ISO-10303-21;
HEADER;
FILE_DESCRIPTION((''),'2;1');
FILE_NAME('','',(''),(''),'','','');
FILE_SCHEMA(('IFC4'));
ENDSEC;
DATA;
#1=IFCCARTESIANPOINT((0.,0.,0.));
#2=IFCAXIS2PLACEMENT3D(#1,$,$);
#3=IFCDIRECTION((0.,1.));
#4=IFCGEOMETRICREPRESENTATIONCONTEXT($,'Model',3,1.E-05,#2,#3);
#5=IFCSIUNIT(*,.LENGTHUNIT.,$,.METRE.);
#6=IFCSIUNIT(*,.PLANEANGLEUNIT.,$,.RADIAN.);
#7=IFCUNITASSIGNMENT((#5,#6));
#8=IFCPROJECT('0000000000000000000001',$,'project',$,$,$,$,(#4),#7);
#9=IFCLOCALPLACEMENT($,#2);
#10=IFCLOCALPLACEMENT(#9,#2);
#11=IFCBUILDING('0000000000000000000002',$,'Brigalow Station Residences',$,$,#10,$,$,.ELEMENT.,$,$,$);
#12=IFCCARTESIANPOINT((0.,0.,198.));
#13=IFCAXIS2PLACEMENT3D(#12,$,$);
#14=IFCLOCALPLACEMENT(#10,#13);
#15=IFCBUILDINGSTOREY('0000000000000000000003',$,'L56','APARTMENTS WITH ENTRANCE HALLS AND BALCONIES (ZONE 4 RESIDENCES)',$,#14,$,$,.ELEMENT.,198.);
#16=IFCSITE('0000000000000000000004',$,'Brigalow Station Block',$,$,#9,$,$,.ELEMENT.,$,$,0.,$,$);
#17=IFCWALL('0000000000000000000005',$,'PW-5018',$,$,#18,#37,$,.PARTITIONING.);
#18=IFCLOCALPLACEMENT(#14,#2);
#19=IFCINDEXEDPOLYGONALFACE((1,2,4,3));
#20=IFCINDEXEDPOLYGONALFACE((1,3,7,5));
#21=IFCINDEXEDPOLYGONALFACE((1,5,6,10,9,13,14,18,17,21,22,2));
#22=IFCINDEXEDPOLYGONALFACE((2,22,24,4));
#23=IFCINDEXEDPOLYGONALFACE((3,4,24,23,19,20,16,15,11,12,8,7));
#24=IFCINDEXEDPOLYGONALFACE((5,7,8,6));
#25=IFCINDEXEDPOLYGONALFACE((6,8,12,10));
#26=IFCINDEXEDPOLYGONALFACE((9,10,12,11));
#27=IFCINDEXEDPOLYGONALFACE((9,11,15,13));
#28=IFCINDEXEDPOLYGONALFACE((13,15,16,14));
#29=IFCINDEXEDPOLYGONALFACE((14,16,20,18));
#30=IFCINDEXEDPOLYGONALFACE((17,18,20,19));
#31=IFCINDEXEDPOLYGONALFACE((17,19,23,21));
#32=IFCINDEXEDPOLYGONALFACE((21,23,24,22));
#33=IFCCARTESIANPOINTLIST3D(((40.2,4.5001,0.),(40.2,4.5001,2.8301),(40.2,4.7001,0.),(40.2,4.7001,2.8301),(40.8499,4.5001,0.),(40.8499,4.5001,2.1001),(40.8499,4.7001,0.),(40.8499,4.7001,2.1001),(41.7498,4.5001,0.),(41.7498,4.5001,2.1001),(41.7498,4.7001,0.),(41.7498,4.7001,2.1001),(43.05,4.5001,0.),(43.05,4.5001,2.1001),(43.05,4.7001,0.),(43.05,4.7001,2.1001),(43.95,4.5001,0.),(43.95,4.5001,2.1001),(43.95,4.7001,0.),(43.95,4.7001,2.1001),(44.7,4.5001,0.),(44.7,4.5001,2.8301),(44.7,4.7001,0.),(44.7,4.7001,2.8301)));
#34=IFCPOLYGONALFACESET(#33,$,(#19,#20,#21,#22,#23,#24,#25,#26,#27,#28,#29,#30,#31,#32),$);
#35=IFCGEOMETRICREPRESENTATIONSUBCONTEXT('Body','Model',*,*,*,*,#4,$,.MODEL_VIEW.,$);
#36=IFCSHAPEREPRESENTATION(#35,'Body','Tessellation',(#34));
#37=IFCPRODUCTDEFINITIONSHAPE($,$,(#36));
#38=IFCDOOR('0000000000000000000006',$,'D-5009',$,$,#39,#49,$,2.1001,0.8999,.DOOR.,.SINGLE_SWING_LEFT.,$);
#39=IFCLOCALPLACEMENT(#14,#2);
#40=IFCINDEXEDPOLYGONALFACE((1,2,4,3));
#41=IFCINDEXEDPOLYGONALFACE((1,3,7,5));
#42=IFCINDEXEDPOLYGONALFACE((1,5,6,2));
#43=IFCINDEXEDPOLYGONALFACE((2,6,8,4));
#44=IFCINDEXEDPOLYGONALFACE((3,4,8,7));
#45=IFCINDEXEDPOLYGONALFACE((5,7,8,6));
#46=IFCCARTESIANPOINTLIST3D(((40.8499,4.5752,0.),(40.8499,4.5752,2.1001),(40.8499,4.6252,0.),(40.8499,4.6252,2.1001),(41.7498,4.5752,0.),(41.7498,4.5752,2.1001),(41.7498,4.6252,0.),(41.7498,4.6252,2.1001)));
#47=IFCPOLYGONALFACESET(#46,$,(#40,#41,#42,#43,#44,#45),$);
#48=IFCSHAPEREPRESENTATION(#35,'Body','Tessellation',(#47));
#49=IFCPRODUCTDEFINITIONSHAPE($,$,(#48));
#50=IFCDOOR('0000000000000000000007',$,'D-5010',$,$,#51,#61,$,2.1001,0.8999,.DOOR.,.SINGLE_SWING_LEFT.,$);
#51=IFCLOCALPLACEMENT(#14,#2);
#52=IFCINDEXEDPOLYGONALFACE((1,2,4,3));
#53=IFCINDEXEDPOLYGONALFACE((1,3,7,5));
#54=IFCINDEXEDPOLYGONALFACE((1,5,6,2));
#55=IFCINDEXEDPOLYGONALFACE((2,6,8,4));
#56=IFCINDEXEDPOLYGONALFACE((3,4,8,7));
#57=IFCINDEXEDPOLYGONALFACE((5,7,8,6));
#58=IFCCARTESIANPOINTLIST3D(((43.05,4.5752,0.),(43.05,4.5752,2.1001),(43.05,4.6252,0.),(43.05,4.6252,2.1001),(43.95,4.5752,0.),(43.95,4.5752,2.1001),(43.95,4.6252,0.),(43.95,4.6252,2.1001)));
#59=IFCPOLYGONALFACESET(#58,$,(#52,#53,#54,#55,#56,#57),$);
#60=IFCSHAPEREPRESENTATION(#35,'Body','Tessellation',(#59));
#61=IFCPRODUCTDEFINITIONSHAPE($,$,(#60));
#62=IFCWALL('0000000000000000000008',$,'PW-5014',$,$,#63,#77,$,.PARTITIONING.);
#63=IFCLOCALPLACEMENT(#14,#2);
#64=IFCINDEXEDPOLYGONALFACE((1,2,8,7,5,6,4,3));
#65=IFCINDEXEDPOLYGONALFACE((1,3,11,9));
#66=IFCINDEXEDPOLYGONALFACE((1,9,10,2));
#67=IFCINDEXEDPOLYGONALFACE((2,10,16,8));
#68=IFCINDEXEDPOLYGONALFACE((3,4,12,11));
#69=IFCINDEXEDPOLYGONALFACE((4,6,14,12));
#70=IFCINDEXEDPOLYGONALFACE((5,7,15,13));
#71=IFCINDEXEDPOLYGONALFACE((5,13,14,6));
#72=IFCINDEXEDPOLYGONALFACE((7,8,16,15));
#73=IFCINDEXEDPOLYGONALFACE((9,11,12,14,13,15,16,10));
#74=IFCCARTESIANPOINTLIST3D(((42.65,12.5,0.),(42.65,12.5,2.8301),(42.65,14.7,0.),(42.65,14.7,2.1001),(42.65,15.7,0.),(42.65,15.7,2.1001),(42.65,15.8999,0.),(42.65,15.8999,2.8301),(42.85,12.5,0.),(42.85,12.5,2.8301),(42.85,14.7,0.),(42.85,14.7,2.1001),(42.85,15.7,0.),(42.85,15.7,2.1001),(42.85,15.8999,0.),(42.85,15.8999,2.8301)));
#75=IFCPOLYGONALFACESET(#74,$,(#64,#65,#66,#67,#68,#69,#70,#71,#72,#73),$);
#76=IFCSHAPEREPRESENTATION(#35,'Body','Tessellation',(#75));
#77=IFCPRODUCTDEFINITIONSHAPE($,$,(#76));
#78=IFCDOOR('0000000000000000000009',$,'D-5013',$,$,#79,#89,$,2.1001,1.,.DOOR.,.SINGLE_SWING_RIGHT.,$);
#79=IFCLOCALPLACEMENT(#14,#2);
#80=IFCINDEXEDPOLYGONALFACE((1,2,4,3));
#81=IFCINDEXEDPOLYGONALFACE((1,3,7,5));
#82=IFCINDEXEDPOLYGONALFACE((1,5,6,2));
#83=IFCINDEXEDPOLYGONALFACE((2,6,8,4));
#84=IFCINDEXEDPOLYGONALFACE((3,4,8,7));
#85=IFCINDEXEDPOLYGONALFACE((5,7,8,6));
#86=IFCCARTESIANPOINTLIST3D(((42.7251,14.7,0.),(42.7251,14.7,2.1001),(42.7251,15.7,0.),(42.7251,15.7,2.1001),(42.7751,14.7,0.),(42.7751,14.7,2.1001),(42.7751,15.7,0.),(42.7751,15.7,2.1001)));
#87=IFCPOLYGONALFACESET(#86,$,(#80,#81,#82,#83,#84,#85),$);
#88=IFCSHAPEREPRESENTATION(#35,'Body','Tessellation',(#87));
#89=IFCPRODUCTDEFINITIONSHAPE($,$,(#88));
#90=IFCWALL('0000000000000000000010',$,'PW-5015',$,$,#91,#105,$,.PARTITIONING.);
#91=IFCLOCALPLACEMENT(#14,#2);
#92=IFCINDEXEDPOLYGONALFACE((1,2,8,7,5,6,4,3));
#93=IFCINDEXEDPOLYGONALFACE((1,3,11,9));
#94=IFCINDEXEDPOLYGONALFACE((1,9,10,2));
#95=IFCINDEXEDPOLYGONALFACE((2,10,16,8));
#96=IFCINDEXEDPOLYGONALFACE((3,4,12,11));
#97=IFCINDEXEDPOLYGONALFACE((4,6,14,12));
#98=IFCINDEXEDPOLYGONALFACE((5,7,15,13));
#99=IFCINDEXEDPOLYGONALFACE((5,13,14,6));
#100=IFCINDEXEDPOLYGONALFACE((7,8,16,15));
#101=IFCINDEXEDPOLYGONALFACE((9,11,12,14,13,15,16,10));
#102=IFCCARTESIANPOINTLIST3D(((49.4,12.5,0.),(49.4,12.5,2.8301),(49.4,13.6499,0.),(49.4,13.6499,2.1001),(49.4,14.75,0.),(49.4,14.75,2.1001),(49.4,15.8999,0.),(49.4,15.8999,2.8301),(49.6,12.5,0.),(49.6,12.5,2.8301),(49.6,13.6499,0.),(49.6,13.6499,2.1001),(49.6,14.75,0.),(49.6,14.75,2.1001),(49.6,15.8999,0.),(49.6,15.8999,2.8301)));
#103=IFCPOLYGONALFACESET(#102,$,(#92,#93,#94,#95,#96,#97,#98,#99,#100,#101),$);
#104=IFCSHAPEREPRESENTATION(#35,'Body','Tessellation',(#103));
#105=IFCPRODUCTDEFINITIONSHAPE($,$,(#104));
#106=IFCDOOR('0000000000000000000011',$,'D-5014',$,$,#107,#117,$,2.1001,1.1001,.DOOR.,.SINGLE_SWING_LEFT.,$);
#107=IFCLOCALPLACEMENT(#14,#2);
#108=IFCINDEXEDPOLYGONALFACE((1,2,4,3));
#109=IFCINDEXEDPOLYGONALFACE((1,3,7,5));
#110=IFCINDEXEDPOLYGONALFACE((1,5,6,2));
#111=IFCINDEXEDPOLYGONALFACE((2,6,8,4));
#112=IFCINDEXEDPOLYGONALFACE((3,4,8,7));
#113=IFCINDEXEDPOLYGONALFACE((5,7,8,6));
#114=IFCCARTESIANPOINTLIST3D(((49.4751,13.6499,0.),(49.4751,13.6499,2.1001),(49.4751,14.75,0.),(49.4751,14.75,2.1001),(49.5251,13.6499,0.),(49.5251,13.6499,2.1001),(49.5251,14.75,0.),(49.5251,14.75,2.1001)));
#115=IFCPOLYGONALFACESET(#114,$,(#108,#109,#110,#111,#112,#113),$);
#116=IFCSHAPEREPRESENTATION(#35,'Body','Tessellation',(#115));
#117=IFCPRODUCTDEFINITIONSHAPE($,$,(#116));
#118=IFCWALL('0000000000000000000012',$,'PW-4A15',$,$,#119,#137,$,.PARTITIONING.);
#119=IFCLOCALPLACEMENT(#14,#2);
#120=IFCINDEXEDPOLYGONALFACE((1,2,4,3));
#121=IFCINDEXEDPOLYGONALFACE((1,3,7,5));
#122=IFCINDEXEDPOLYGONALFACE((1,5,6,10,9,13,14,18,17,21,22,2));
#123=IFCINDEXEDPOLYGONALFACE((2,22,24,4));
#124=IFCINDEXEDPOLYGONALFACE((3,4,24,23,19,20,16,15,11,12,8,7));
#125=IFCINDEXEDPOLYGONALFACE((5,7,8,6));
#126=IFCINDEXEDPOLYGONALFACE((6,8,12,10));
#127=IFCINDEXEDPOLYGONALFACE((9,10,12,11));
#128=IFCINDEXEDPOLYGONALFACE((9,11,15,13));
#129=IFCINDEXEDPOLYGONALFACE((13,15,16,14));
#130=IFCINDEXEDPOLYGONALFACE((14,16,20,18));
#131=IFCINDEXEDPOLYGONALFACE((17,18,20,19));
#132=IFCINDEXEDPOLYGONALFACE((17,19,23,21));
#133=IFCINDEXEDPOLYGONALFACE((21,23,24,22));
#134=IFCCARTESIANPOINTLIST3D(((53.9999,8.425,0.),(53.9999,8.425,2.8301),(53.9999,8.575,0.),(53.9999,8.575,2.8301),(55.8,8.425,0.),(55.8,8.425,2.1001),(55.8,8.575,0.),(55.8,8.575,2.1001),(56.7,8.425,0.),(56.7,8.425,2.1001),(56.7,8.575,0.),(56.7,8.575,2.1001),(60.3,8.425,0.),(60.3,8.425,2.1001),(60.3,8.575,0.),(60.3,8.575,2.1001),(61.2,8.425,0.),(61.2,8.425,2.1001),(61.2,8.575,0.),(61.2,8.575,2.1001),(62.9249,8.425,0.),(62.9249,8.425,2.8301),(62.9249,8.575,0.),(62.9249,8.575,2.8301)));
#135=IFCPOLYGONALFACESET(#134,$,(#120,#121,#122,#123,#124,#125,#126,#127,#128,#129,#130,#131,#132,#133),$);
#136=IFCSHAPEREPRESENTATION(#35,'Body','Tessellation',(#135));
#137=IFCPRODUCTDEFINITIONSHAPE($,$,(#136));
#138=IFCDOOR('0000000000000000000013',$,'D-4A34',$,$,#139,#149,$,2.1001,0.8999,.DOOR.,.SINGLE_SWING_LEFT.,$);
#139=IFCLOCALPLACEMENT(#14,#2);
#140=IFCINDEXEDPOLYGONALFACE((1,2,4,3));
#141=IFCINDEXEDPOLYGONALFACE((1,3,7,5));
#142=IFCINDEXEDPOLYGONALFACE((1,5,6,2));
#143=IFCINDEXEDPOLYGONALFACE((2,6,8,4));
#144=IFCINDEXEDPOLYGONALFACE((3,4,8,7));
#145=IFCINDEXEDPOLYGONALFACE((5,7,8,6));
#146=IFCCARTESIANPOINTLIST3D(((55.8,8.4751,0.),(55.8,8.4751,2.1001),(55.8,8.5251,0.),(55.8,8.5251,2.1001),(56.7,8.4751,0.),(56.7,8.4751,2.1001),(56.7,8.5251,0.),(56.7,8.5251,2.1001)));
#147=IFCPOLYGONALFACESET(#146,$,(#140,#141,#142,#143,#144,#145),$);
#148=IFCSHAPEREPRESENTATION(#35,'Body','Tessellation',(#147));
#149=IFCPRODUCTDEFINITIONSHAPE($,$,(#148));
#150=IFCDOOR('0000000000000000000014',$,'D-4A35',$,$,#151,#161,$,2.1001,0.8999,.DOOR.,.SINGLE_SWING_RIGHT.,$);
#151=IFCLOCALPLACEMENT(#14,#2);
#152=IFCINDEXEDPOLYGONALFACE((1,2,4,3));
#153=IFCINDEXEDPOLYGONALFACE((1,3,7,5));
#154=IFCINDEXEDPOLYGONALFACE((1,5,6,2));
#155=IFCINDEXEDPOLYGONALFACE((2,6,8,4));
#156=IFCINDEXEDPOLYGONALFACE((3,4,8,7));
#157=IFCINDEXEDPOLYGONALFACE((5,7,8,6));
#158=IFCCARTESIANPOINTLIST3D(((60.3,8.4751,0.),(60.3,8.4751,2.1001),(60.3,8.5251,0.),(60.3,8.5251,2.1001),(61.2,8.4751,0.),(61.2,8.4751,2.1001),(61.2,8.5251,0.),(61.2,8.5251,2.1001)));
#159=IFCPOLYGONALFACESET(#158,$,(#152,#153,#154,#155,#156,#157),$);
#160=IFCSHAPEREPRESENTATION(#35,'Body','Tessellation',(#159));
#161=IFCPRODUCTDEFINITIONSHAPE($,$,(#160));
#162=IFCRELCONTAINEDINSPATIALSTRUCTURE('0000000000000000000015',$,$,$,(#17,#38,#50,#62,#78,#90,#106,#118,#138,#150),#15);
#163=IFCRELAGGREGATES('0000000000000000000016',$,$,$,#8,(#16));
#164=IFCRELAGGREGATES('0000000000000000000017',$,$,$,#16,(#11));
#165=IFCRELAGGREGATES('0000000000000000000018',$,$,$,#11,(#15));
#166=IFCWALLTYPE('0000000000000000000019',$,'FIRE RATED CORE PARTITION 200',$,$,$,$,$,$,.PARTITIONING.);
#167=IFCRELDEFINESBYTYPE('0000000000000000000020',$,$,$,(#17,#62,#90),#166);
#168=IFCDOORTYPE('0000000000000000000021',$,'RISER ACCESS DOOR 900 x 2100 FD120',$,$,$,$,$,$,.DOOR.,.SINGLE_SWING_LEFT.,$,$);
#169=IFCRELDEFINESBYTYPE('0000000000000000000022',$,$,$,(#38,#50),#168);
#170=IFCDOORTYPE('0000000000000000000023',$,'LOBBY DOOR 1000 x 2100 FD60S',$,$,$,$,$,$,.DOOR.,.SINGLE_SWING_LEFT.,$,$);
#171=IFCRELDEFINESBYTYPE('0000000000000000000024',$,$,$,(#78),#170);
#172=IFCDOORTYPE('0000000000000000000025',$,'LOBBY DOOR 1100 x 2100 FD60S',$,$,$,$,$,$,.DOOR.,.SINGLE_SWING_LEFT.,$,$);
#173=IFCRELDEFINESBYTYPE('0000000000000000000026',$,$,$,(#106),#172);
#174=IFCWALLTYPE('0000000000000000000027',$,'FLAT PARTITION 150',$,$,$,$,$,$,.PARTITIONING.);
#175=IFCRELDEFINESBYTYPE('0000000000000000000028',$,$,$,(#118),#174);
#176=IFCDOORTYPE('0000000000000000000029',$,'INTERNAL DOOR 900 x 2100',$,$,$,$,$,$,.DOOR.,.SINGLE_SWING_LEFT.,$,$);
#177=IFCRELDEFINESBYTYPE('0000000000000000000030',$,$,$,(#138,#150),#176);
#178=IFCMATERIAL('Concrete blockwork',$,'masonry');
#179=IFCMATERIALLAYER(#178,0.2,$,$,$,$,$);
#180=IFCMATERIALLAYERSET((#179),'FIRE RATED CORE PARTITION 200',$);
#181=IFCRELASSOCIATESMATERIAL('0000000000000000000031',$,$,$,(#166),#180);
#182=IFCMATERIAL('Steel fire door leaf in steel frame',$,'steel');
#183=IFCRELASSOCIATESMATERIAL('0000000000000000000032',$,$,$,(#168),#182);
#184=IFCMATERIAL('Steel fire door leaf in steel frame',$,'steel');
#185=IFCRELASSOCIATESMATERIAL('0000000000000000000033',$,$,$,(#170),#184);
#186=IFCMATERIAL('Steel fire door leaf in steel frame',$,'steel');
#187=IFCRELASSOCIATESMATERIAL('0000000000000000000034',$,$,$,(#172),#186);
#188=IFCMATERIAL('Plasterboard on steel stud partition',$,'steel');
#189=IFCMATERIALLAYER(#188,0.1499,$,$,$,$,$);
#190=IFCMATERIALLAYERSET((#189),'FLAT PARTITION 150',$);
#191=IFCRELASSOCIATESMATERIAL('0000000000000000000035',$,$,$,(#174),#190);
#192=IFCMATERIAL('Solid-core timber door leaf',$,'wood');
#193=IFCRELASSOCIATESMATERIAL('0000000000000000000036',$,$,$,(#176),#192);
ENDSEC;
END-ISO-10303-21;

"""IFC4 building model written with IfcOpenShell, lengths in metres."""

from ifc_helpers import new_model, si_unit, direction, frame, frame_2d, origin, place, context, subcontext, project, spatial, rectangle, extrude, material, layer, layer_set, type_object, element, fill, save


model = new_model("IFC4")

# Units and contexts
model_context = context("Model", 3, precision=1e-05, world=origin(), true_north=direction((0.0, 1.0)))
body_context = subcontext(model_context, "Body", "Model", "MODEL_VIEW")
ifc_project = project(units=[si_unit("LENGTHUNIT", "METRE"), si_unit("PLANEANGLEUNIT", "RADIAN")], contexts=[model_context])

# Site, building, storey
site_placement = place(None, origin())
site = spatial("IfcSite", under=ifc_project, at=site_placement, Name="Brigalow Station Block", CompositionType="ELEMENT", RefElevation=0.0)
building_placement = place(site_placement, origin())
building = spatial("IfcBuilding", under=site, at=building_placement, Name="Brigalow Station Residences", CompositionType="ELEMENT")
storey_placement = place(building_placement, frame((0.0, 0.0, 198.0)))
storey = spatial("IfcBuildingStorey", under=building, at=storey_placement, Name="L56", Description="APARTMENTS WITH ENTRANCE HALLS AND BALCONIES (ZONE 4 RESIDENCES)", CompositionType="ELEMENT", Elevation=198.0)

# Wall, openings, doors
ifc_material_1 = material(Name="Concrete blockwork", Category="masonry")
ifc_layer_1 = layer(ifc_material_1, 0.2)
ifc_layer_set_1 = layer_set([ifc_layer_1], Name="FIRE RATED CORE PARTITION 200")
wall_type_1 = type_object("IfcWallType", Name="FIRE RATED CORE PARTITION 200", PredefinedType="PARTITIONING", material=ifc_layer_set_1)
wall_1_placement = place(storey_placement, frame((40.2, 4.6001, 0.0), z_axis=(0.0, 0.0, 1.0), x_axis=(1.0, 0.0, 0.0)))
wall_1 = element("IfcWall", 1, at=wall_1_placement, inside=storey, type_object=wall_type_1, Name="PW-5018", PredefinedType="PARTITIONING", context=body_context, shape_type="SweptSolid", body=[
    extrude(rectangle(XDim=4.5, YDim=0.2, at=frame_2d((2.25, 0.0))), origin(), (0.0, 0.0, 1.0), 2.8301),
])
opening_1_placement = place(wall_1_placement, frame((0.6499, 0.0, 0.0)))
opening_1 = element("IfcOpeningElement", 2, at=opening_1_placement, cuts=wall_1, PredefinedType="OPENING", context=body_context, shape_type="SweptSolid", body=[
    extrude(rectangle(XDim=0.8999, YDim=2.1001, at=frame_2d((0.45, 1.05))), frame((0.0, 0.1099, 0.0), z_axis=(0.0, -1.0, 0.0), x_axis=(1.0, 0.0, 0.0)), (0.0, 0.0, 1.0), 0.22),
])
opening_2_placement = place(wall_1_placement, frame((2.8501, 0.0, 0.0)))
opening_2 = element("IfcOpeningElement", 3, at=opening_2_placement, cuts=wall_1, PredefinedType="OPENING", context=body_context, shape_type="SweptSolid", body=[
    extrude(rectangle(XDim=0.8999, YDim=2.1001, at=frame_2d((0.45, 1.05))), frame((0.0, 0.1099, 0.0), z_axis=(0.0, -1.0, 0.0), x_axis=(1.0, 0.0, 0.0)), (0.0, 0.0, 1.0), 0.22),
])
ifc_material_2 = material(Name="Steel fire door leaf in steel frame", Category="steel")
door_type_1 = type_object("IfcDoorType", Name="RISER ACCESS DOOR 900 x 2100 FD120", OperationType="SINGLE_SWING_LEFT", PredefinedType="DOOR", material=ifc_material_2)
door_1_placement = place(opening_1_placement, frame((0.8999, 0.0, 0.0), z_axis=(0.0, 0.0, 1.0), x_axis=(-1.0, 0.0, 0.0)))
door_1 = element("IfcDoor", 4, at=door_1_placement, inside=storey, type_object=door_type_1, Name="D-5009", OperationType="SINGLE_SWING_LEFT", OverallHeight=2.1001, OverallWidth=0.8999, PredefinedType="DOOR", context=body_context, shape_type="SweptSolid", body=[
    extrude(rectangle(XDim=0.8999, YDim=2.1001, at=frame_2d((0.45, 1.05))), frame((0.0, 0.0249, 0.0), z_axis=(0.0, -1.0, 0.0), x_axis=(1.0, 0.0, 0.0)), (0.0, 0.0, 1.0), 0.05),
])
fill(opening_1, door_1)
door_2_placement = place(opening_2_placement, frame((0.8999, 0.0, 0.0), z_axis=(0.0, 0.0, 1.0), x_axis=(-1.0, 0.0, 0.0)))
door_2 = element("IfcDoor", 5, at=door_2_placement, inside=storey, type_object=door_type_1, Name="D-5010", OperationType="SINGLE_SWING_LEFT", OverallHeight=2.1001, OverallWidth=0.8999, PredefinedType="DOOR", context=body_context, shape_type="SweptSolid", body=[
    extrude(rectangle(XDim=0.8999, YDim=2.1001, at=frame_2d((0.45, 1.05))), frame((0.0, 0.0249, 0.0), z_axis=(0.0, -1.0, 0.0), x_axis=(1.0, 0.0, 0.0)), (0.0, 0.0, 1.0), 0.05),
])
fill(opening_2, door_2)

# Walls, openings, doors
wall_2_placement = place(storey_placement, frame((42.75, 12.5, 0.0), z_axis=(0.0, 0.0, 1.0), x_axis=(0.0, 1.0, 0.0)))
wall_2 = element("IfcWall", 6, at=wall_2_placement, inside=storey, type_object=wall_type_1, Name="PW-5014", PredefinedType="PARTITIONING", context=body_context, shape_type="SweptSolid", body=[
    extrude(rectangle(XDim=3.3999, YDim=0.2, at=frame_2d((1.7, 0.0))), origin(), (0.0, 0.0, 1.0), 2.8301),
])
opening_3_placement = place(wall_2_placement, frame((2.2, 0.0, 0.0)))
opening_3 = element("IfcOpeningElement", 7, at=opening_3_placement, cuts=wall_2, PredefinedType="OPENING", context=body_context, shape_type="SweptSolid", body=[
    extrude(rectangle(XDim=1.0, YDim=2.1001, at=frame_2d((0.5, 1.05))), frame((0.0, 0.1099, 0.0), z_axis=(0.0, -1.0, 0.0), x_axis=(1.0, 0.0, 0.0)), (0.0, 0.0, 1.0), 0.22),
])
ifc_material_3 = material(Name="Steel fire door leaf in steel frame", Category="steel")
door_type_2 = type_object("IfcDoorType", Name="LOBBY DOOR 1000 x 2100 FD60S", OperationType="SINGLE_SWING_LEFT", PredefinedType="DOOR", material=ifc_material_3)
door_3_placement = place(opening_3_placement, origin())
door_3 = element("IfcDoor", 8, at=door_3_placement, inside=storey, type_object=door_type_2, Name="D-5013", OperationType="SINGLE_SWING_RIGHT", OverallHeight=2.1001, OverallWidth=1.0, PredefinedType="DOOR", context=body_context, shape_type="SweptSolid", body=[
    extrude(rectangle(XDim=1.0, YDim=2.1001, at=frame_2d((0.5, 1.05))), frame((0.0, 0.0249, 0.0), z_axis=(0.0, -1.0, 0.0), x_axis=(1.0, 0.0, 0.0)), (0.0, 0.0, 1.0), 0.05),
])
fill(opening_3, door_3)
wall_3_placement = place(storey_placement, frame((49.5, 12.5, 0.0), z_axis=(0.0, 0.0, 1.0), x_axis=(0.0, 1.0, 0.0)))
wall_3 = element("IfcWall", 9, at=wall_3_placement, inside=storey, type_object=wall_type_1, Name="PW-5015", PredefinedType="PARTITIONING", context=body_context, shape_type="SweptSolid", body=[
    extrude(rectangle(XDim=3.3999, YDim=0.2, at=frame_2d((1.7, 0.0))), origin(), (0.0, 0.0, 1.0), 2.8301),
])
opening_4_placement = place(wall_3_placement, frame((1.1499, 0.0, 0.0)))
opening_4 = element("IfcOpeningElement", 10, at=opening_4_placement, cuts=wall_3, PredefinedType="OPENING", context=body_context, shape_type="SweptSolid", body=[
    extrude(rectangle(XDim=1.1001, YDim=2.1001, at=frame_2d((0.55, 1.05))), frame((0.0, 0.1099, 0.0), z_axis=(0.0, -1.0, 0.0), x_axis=(1.0, 0.0, 0.0)), (0.0, 0.0, 1.0), 0.22),
])
ifc_material_4 = material(Name="Steel fire door leaf in steel frame", Category="steel")
door_type_3 = type_object("IfcDoorType", Name="LOBBY DOOR 1100 x 2100 FD60S", OperationType="SINGLE_SWING_LEFT", PredefinedType="DOOR", material=ifc_material_4)
door_4_placement = place(opening_4_placement, origin())
door_4 = element("IfcDoor", 11, at=door_4_placement, inside=storey, type_object=door_type_3, Name="D-5014", OperationType="SINGLE_SWING_LEFT", OverallHeight=2.1001, OverallWidth=1.1001, PredefinedType="DOOR", context=body_context, shape_type="SweptSolid", body=[
    extrude(rectangle(XDim=1.1001, YDim=2.1001, at=frame_2d((0.55, 1.05))), frame((0.0, 0.0249, 0.0), z_axis=(0.0, -1.0, 0.0), x_axis=(1.0, 0.0, 0.0)), (0.0, 0.0, 1.0), 0.05),
])
fill(opening_4, door_4)

# Wall, openings, doors
ifc_material_5 = material(Name="Plasterboard on steel stud partition", Category="steel")
ifc_layer_2 = layer(ifc_material_5, 0.1499)
ifc_layer_set_2 = layer_set([ifc_layer_2], Name="FLAT PARTITION 150")
wall_type_2 = type_object("IfcWallType", Name="FLAT PARTITION 150", PredefinedType="PARTITIONING", material=ifc_layer_set_2)
wall_4_placement = place(storey_placement, frame((54.0, 8.5, 0.0), z_axis=(0.0, 0.0, 1.0), x_axis=(1.0, 0.0, 0.0)))
wall_4 = element("IfcWall", 12, at=wall_4_placement, inside=storey, type_object=wall_type_2, Name="PW-4A15", PredefinedType="PARTITIONING", context=body_context, shape_type="SweptSolid", body=[
    extrude(rectangle(XDim=8.925, YDim=0.1499, at=frame_2d((4.4624, 0.0))), origin(), (0.0, 0.0, 1.0), 2.8301),
])
opening_5_placement = place(wall_4_placement, frame((1.8, 0.0, 0.0)))
opening_5 = element("IfcOpeningElement", 13, at=opening_5_placement, cuts=wall_4, PredefinedType="OPENING", context=body_context, shape_type="SweptSolid", body=[
    extrude(rectangle(XDim=0.8999, YDim=2.1001, at=frame_2d((0.45, 1.05))), frame((0.0, 0.085, 0.0), z_axis=(0.0, -1.0, 0.0), x_axis=(1.0, 0.0, 0.0)), (0.0, 0.0, 1.0), 0.1699),
])
opening_6_placement = place(wall_4_placement, frame((6.3, 0.0, 0.0)))
opening_6 = element("IfcOpeningElement", 14, at=opening_6_placement, cuts=wall_4, PredefinedType="OPENING", context=body_context, shape_type="SweptSolid", body=[
    extrude(rectangle(XDim=0.8999, YDim=2.1001, at=frame_2d((0.45, 1.05))), frame((0.0, 0.085, 0.0), z_axis=(0.0, -1.0, 0.0), x_axis=(1.0, 0.0, 0.0)), (0.0, 0.0, 1.0), 0.1699),
])
ifc_material_6 = material(Name="Solid-core timber door leaf", Category="wood")
door_type_4 = type_object("IfcDoorType", Name="INTERNAL DOOR 900 x 2100", OperationType="SINGLE_SWING_LEFT", PredefinedType="DOOR", material=ifc_material_6)
door_5_placement = place(opening_5_placement, frame((0.8999, 0.0, 0.0), z_axis=(0.0, 0.0, 1.0), x_axis=(-1.0, 0.0, 0.0)))
door_5 = element("IfcDoor", 15, at=door_5_placement, inside=storey, type_object=door_type_4, Name="D-4A34", OperationType="SINGLE_SWING_LEFT", OverallHeight=2.1001, OverallWidth=0.8999, PredefinedType="DOOR", context=body_context, shape_type="SweptSolid", body=[
    extrude(rectangle(XDim=0.8999, YDim=2.1001, at=frame_2d((0.45, 1.05))), frame((0.0, 0.0249, 0.0), z_axis=(0.0, -1.0, 0.0), x_axis=(1.0, 0.0, 0.0)), (0.0, 0.0, 1.0), 0.05),
])
fill(opening_5, door_5)
door_6_placement = place(opening_6_placement, frame((0.8999, 0.0, 0.0), z_axis=(0.0, 0.0, 1.0), x_axis=(-1.0, 0.0, 0.0)))
door_6 = element("IfcDoor", 16, at=door_6_placement, inside=storey, type_object=door_type_4, Name="D-4A35", OperationType="SINGLE_SWING_RIGHT", OverallHeight=2.1001, OverallWidth=0.8999, PredefinedType="DOOR", context=body_context, shape_type="SweptSolid", body=[
    extrude(rectangle(XDim=0.8999, YDim=2.1001, at=frame_2d((0.45, 1.05))), frame((0.0, 0.0249, 0.0), z_axis=(0.0, -1.0, 0.0), x_axis=(1.0, 0.0, 0.0)), (0.0, 0.0, 1.0), 0.05),
])
fill(opening_6, door_6)

save(model, "model.ifc")
